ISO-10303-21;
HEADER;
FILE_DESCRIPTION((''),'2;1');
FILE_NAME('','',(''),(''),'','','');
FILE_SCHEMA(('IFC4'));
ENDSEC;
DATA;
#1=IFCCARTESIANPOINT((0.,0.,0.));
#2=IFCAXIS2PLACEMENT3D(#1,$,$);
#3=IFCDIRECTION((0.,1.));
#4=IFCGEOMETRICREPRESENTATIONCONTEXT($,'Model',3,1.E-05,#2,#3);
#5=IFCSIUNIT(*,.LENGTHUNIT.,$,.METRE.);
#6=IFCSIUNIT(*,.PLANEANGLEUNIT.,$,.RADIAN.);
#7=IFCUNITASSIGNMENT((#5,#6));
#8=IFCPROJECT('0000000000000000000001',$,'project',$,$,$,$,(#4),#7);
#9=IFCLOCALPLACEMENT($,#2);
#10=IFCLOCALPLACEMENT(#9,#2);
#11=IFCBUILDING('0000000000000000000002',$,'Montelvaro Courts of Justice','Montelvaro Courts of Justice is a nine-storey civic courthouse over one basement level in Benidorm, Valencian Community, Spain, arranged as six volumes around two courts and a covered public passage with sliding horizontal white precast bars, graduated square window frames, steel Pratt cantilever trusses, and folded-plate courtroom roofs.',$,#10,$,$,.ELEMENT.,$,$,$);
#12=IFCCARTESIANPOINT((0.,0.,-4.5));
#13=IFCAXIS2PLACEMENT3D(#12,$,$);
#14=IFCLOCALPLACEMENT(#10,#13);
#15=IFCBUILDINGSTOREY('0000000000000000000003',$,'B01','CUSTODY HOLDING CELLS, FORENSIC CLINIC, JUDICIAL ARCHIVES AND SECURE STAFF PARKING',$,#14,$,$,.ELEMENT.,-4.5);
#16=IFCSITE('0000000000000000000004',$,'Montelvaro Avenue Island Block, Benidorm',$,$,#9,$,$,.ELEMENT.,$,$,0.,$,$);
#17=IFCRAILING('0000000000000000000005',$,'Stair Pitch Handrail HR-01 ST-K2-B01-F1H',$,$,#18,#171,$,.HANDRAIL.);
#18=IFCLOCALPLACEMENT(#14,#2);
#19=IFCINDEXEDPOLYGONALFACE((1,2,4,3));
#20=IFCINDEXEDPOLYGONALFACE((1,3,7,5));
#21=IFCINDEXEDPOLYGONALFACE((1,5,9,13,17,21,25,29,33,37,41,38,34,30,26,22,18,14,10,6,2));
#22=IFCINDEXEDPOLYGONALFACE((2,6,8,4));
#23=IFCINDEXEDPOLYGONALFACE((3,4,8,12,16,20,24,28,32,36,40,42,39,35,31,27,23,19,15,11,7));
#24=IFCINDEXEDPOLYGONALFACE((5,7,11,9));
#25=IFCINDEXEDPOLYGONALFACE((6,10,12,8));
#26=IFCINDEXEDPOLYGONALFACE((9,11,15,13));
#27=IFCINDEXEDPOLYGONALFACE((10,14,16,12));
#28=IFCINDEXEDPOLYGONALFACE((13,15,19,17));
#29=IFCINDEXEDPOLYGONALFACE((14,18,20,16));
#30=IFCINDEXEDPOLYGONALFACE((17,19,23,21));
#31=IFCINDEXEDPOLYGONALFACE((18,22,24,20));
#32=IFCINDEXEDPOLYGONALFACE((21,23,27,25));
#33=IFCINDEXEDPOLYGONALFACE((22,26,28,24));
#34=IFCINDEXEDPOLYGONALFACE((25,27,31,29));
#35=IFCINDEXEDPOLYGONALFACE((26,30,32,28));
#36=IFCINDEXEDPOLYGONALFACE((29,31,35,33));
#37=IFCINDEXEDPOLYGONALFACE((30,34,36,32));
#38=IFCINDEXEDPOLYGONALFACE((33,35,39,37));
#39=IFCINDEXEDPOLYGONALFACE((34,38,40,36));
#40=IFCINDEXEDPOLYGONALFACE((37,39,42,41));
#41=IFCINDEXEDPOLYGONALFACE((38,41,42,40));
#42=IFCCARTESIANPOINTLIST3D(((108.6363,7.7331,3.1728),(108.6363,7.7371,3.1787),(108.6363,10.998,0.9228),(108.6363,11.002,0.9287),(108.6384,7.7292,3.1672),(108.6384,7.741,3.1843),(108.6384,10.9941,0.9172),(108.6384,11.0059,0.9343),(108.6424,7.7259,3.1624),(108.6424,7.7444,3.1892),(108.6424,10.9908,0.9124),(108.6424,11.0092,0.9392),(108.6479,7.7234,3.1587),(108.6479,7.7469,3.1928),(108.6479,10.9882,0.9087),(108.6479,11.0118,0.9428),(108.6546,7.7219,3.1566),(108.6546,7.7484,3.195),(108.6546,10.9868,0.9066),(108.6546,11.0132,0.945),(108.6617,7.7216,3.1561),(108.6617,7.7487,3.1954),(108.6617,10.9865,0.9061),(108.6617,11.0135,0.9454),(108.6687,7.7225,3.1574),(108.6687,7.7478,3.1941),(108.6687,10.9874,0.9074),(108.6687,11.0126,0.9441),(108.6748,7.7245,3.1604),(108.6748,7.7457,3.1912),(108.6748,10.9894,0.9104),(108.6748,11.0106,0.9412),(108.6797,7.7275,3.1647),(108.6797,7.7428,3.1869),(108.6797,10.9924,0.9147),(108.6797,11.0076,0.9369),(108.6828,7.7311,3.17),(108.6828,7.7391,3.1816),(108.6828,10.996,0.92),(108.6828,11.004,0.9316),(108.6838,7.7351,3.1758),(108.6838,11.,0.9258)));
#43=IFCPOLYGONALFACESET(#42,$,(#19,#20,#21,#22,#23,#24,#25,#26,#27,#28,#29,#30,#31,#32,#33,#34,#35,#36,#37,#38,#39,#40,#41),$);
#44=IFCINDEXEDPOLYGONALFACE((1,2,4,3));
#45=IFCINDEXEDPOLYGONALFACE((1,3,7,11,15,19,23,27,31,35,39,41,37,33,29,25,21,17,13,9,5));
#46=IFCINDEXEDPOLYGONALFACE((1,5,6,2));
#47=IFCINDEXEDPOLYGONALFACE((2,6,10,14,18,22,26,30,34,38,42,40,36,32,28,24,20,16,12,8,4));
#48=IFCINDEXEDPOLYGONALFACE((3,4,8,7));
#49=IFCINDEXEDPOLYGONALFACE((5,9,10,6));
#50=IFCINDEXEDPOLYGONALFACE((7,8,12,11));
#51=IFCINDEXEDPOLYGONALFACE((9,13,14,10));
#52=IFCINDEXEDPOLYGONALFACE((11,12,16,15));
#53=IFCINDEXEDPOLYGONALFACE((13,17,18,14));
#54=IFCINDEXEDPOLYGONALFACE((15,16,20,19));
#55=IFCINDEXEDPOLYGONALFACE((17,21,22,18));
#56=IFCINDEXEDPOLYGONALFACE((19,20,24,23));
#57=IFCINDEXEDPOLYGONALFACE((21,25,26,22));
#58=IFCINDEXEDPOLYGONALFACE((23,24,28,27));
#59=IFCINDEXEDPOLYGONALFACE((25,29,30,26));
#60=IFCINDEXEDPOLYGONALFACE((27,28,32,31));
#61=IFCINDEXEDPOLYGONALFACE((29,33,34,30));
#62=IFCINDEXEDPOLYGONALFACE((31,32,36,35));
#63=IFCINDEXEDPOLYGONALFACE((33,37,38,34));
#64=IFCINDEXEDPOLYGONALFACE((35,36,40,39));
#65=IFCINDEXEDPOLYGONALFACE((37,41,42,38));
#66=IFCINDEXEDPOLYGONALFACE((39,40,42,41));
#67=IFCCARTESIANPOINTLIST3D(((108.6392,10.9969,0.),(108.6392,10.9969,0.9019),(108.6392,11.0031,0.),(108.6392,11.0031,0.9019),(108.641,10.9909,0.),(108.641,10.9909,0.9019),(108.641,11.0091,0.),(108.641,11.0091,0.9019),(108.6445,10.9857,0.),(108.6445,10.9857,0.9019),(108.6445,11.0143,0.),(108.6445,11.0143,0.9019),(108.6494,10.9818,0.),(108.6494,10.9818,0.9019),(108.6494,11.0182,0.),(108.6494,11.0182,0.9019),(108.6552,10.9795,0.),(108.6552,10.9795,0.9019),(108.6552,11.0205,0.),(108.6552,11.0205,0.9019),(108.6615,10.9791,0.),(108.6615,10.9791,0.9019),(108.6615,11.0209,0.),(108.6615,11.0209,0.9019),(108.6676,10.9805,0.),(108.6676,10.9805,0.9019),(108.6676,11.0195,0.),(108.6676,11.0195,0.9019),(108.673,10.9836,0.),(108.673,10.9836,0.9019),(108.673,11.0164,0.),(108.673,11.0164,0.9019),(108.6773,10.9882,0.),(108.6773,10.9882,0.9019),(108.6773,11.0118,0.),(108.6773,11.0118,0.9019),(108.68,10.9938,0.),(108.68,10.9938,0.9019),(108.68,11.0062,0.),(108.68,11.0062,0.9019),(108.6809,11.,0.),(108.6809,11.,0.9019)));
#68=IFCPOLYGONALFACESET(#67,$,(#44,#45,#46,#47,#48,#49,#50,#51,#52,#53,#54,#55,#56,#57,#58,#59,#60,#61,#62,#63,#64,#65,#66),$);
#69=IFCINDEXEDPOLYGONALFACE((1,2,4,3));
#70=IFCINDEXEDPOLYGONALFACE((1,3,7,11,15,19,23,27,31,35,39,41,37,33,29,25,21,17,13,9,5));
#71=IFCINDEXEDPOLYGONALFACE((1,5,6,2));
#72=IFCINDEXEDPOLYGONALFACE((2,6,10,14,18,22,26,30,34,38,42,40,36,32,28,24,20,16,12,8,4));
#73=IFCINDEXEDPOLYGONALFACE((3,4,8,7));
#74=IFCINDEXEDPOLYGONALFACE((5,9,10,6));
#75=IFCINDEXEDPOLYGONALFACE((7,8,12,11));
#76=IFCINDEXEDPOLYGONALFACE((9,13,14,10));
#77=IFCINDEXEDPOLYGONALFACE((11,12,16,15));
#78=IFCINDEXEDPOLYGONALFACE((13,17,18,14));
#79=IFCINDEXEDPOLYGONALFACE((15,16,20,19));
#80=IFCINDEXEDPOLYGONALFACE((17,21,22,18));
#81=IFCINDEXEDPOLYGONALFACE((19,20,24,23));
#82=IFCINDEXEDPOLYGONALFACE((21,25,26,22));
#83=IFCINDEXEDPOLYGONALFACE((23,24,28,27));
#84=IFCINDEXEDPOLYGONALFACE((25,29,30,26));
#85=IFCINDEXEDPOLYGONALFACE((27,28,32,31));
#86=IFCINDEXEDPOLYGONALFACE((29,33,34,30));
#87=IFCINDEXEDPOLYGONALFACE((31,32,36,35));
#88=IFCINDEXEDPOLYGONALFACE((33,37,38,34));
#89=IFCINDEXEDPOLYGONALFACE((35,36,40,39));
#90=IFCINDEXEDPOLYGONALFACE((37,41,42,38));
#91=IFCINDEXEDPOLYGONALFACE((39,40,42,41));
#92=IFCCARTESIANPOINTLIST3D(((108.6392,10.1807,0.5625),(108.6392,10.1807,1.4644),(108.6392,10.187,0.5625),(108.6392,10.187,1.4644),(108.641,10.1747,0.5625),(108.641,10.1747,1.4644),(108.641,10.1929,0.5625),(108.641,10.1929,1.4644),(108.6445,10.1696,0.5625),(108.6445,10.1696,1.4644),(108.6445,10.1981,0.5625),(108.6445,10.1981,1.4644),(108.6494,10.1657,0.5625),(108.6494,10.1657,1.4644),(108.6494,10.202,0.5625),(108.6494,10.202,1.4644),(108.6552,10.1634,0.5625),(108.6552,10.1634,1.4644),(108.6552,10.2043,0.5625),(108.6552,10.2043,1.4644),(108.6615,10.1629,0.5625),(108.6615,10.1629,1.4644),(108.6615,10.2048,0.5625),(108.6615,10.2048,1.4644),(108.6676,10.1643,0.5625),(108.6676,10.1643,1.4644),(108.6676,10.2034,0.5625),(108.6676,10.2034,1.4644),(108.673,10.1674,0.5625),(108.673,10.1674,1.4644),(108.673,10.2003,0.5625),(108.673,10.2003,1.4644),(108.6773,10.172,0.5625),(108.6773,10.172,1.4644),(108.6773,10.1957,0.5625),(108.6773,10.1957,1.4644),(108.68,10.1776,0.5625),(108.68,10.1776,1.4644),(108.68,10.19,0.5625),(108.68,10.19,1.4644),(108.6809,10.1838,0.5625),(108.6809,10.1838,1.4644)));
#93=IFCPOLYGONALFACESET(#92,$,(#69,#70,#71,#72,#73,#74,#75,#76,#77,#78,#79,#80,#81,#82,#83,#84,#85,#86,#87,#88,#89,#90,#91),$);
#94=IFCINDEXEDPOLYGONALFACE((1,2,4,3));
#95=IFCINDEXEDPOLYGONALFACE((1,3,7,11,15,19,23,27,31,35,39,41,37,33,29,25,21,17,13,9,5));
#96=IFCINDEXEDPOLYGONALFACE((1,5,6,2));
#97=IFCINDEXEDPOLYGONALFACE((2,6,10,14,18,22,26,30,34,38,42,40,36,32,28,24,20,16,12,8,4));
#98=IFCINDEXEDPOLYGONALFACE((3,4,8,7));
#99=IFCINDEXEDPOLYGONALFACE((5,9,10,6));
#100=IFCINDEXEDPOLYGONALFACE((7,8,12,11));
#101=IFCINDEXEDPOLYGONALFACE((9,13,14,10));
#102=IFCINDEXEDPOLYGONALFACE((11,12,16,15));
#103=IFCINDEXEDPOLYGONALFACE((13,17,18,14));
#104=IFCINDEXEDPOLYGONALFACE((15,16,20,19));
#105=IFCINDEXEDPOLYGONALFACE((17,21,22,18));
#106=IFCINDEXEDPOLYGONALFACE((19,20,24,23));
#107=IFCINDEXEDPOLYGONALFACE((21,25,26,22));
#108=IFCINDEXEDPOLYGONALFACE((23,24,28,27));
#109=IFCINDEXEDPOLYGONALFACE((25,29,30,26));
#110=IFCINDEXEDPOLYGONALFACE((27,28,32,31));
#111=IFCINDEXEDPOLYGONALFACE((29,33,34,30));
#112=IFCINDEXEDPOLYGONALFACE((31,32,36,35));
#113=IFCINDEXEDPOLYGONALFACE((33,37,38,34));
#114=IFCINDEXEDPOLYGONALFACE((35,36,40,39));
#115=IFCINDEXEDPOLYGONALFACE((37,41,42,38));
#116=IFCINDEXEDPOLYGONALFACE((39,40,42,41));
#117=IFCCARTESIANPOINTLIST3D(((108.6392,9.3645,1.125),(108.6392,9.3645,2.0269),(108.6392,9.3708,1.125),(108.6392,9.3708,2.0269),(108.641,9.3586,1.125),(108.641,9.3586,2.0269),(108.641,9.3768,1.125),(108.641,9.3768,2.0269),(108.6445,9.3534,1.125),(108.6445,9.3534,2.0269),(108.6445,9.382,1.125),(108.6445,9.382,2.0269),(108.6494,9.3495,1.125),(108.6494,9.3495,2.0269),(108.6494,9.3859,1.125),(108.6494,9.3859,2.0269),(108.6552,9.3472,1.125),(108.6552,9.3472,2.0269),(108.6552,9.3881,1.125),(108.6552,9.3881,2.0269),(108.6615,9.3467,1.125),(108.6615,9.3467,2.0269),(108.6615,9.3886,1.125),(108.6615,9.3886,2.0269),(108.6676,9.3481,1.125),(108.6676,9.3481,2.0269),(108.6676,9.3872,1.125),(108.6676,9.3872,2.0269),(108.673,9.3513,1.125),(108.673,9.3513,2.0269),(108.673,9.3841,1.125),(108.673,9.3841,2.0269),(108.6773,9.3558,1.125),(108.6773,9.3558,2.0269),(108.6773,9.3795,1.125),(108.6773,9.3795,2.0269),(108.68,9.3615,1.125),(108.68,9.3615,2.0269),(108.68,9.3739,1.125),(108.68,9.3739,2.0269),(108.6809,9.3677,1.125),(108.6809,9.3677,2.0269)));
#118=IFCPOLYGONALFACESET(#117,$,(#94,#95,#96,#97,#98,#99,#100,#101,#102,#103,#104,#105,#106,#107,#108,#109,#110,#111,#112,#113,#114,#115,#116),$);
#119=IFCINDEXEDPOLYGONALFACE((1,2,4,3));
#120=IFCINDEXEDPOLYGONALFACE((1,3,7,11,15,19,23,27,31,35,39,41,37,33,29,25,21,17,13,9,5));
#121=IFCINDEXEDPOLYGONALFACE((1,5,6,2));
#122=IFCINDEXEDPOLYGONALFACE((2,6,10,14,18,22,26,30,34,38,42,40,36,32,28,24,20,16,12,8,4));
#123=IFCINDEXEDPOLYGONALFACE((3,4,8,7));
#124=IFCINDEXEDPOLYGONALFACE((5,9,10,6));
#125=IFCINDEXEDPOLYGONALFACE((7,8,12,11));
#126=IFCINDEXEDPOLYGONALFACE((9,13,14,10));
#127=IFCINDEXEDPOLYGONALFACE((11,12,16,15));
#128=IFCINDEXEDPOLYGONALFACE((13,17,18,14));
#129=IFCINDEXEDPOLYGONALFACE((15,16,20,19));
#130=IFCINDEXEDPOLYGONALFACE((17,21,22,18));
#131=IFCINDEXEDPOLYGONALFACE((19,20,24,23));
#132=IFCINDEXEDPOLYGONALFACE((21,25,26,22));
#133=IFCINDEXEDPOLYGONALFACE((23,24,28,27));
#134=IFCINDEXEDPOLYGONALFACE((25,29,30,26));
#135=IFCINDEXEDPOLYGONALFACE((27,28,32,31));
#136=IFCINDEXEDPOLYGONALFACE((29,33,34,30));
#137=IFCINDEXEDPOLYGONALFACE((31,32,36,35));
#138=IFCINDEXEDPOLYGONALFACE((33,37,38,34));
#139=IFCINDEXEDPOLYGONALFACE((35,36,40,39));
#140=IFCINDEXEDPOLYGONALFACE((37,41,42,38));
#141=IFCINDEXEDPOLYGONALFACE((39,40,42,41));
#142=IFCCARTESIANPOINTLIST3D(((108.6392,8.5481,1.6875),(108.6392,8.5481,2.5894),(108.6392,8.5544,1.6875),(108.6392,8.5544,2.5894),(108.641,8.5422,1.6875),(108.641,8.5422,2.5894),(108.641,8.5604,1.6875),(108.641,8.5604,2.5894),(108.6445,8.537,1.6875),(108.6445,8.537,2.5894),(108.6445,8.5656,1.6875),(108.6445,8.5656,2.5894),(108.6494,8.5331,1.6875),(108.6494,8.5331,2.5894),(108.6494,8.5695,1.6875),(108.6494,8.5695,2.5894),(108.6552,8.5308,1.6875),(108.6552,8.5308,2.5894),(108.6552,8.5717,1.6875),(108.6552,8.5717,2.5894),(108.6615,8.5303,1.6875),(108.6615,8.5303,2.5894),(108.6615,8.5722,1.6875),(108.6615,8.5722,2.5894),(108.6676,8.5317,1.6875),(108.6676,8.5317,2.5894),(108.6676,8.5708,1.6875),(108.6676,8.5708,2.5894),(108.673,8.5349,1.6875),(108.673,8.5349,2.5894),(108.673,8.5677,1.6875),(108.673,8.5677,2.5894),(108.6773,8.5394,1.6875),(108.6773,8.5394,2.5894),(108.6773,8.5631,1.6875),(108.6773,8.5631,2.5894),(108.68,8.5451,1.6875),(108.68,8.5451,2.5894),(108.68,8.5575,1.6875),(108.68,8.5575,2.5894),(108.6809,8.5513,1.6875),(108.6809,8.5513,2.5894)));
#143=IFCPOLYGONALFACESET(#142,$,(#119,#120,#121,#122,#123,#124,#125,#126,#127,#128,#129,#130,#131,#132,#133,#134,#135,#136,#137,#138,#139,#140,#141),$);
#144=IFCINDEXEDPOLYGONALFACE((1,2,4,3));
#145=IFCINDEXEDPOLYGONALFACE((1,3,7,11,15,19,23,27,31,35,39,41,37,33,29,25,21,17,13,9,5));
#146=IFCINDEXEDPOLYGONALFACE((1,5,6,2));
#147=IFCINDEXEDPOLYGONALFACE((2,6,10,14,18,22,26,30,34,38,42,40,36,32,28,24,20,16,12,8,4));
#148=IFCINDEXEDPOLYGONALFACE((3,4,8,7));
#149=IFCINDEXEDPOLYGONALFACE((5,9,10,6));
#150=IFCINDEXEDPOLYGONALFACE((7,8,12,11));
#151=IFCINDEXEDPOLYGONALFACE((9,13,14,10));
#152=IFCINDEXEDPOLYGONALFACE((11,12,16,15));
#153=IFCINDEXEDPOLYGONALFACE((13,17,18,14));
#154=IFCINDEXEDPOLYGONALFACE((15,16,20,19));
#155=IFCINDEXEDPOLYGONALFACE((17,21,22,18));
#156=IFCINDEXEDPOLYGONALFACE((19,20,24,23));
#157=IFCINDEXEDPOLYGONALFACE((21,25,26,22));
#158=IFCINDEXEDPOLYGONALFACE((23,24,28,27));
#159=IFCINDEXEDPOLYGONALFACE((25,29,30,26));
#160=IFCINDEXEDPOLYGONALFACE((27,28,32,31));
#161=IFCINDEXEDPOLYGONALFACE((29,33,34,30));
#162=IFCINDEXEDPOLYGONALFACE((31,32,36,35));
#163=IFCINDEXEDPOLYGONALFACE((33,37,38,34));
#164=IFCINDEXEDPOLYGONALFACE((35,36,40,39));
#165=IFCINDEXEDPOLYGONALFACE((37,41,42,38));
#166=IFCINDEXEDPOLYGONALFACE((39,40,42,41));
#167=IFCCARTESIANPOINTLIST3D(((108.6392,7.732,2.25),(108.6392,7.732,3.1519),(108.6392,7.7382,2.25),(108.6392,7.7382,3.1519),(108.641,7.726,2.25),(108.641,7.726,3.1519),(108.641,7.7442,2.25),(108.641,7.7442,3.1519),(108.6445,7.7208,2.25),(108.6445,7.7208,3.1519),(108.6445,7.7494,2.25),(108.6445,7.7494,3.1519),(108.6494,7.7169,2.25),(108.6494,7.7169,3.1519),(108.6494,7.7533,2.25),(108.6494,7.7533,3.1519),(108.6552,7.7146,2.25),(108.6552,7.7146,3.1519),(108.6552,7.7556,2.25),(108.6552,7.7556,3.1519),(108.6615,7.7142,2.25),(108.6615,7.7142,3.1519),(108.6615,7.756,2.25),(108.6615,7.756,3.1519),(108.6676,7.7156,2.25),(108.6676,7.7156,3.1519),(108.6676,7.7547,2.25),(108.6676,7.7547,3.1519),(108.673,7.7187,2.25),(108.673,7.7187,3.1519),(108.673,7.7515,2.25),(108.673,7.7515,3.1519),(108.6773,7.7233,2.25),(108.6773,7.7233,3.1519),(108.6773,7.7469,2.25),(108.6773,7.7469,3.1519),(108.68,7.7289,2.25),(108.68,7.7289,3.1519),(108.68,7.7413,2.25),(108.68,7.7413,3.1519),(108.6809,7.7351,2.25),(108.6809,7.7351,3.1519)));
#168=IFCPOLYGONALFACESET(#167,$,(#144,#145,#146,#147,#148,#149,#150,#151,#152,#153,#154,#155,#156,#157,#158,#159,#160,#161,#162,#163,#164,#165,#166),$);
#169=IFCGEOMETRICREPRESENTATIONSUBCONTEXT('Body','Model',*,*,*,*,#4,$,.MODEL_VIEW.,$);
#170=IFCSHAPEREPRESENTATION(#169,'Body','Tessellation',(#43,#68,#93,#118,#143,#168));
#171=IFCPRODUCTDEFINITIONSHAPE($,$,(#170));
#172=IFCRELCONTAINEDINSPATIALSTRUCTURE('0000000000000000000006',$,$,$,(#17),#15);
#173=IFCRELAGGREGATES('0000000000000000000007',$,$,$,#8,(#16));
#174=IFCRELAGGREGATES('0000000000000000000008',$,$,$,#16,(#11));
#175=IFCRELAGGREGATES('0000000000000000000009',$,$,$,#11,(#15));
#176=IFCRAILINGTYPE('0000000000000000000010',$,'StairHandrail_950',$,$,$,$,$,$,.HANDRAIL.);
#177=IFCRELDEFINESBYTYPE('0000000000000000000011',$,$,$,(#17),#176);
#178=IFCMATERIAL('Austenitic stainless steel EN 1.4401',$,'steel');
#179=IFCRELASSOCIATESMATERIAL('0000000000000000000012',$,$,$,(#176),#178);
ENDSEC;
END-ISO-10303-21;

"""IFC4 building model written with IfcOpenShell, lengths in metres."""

from ifc_helpers import new_model, si_unit, direction, frame, origin, origin_2d, place, context, subcontext, project, spatial, circle, extrude, material, type_object, element, save


model = new_model("IFC4")

# Units and contexts
model_context = context("Model", 3, precision=1e-05, world=origin(), true_north=direction((0.0, 1.0)))
body_context = subcontext(model_context, "Body", "Model", "MODEL_VIEW")
ifc_project = project(units=[si_unit("LENGTHUNIT", "METRE"), si_unit("PLANEANGLEUNIT", "RADIAN")], contexts=[model_context])

# Site, building, storey
site_placement = place(None, origin())
site = spatial("IfcSite", under=ifc_project, at=site_placement, Name="Montelvaro Avenue Island Block, Benidorm", CompositionType="ELEMENT", RefElevation=0.0)
building_placement = place(site_placement, origin())
building = spatial("IfcBuilding", under=site, at=building_placement, Name="Montelvaro Courts of Justice", Description="Montelvaro Courts of Justice is a nine-storey civic courthouse over one basement level in Benidorm, Valencian Community, Spain, arranged as six volumes around two courts and a covered public passage with sliding horizontal white precast bars, graduated square window frames, steel Pratt cantilever trusses, and folded-plate courtroom roofs.", CompositionType="ELEMENT")
storey_placement = place(building_placement, frame((0.0, 0.0, -4.5)))
storey = spatial("IfcBuildingStorey", under=building, at=storey_placement, Name="B01", Description="CUSTODY HOLDING CELLS, FORENSIC CLINIC, JUDICIAL ARCHIVES AND SECURE STAFF PARKING", CompositionType="ELEMENT", Elevation=-4.5)

# Railing
ifc_material_1 = material(Name="Austenitic stainless steel EN 1.4401", Category="steel")
railing_type_1 = type_object("IfcRailingType", Name="StairHandrail_950", PredefinedType="HANDRAIL", material=ifc_material_1)
railing_1_placement = place(storey_placement, frame((108.6599, 11.0, 0.0)))
element("IfcRailing", 1, at=railing_1_placement, inside=storey, type_object=railing_type_1, Name="Stair Pitch Handrail HR-01 ST-K2-B01-F1H", PredefinedType="HANDRAIL", context=body_context, shape_type="SweptSolid", body=[
    extrude(circle(Radius=0.0239, at=origin_2d()), frame((0.0, 0.0, 0.9258), z_axis=(0.0, -0.823407, 0.567451), x_axis=(1.0, 0.0, 0.0)), (0.0, 0.0, 1.0), 3.9651),
    extrude(circle(Radius=0.021, at=origin_2d()), origin(), (0.0, 0.0, 1.0), 0.9019),
    extrude(circle(Radius=0.021, at=origin_2d()), frame((0.0, -0.8162, 0.5625)), (0.0, 0.0, 1.0), 0.9019),
    extrude(circle(Radius=0.021, at=origin_2d()), frame((0.0, -1.6323, 1.125)), (0.0, 0.0, 1.0), 0.9019),
    extrude(circle(Radius=0.021, at=origin_2d()), frame((0.0, -2.4487, 1.6875)), (0.0, 0.0, 1.0), 0.9019),
    extrude(circle(Radius=0.021, at=origin_2d()), frame((0.0, -3.2649, 2.25)), (0.0, 0.0, 1.0), 0.9019),
])

save(model, "model.ifc")
